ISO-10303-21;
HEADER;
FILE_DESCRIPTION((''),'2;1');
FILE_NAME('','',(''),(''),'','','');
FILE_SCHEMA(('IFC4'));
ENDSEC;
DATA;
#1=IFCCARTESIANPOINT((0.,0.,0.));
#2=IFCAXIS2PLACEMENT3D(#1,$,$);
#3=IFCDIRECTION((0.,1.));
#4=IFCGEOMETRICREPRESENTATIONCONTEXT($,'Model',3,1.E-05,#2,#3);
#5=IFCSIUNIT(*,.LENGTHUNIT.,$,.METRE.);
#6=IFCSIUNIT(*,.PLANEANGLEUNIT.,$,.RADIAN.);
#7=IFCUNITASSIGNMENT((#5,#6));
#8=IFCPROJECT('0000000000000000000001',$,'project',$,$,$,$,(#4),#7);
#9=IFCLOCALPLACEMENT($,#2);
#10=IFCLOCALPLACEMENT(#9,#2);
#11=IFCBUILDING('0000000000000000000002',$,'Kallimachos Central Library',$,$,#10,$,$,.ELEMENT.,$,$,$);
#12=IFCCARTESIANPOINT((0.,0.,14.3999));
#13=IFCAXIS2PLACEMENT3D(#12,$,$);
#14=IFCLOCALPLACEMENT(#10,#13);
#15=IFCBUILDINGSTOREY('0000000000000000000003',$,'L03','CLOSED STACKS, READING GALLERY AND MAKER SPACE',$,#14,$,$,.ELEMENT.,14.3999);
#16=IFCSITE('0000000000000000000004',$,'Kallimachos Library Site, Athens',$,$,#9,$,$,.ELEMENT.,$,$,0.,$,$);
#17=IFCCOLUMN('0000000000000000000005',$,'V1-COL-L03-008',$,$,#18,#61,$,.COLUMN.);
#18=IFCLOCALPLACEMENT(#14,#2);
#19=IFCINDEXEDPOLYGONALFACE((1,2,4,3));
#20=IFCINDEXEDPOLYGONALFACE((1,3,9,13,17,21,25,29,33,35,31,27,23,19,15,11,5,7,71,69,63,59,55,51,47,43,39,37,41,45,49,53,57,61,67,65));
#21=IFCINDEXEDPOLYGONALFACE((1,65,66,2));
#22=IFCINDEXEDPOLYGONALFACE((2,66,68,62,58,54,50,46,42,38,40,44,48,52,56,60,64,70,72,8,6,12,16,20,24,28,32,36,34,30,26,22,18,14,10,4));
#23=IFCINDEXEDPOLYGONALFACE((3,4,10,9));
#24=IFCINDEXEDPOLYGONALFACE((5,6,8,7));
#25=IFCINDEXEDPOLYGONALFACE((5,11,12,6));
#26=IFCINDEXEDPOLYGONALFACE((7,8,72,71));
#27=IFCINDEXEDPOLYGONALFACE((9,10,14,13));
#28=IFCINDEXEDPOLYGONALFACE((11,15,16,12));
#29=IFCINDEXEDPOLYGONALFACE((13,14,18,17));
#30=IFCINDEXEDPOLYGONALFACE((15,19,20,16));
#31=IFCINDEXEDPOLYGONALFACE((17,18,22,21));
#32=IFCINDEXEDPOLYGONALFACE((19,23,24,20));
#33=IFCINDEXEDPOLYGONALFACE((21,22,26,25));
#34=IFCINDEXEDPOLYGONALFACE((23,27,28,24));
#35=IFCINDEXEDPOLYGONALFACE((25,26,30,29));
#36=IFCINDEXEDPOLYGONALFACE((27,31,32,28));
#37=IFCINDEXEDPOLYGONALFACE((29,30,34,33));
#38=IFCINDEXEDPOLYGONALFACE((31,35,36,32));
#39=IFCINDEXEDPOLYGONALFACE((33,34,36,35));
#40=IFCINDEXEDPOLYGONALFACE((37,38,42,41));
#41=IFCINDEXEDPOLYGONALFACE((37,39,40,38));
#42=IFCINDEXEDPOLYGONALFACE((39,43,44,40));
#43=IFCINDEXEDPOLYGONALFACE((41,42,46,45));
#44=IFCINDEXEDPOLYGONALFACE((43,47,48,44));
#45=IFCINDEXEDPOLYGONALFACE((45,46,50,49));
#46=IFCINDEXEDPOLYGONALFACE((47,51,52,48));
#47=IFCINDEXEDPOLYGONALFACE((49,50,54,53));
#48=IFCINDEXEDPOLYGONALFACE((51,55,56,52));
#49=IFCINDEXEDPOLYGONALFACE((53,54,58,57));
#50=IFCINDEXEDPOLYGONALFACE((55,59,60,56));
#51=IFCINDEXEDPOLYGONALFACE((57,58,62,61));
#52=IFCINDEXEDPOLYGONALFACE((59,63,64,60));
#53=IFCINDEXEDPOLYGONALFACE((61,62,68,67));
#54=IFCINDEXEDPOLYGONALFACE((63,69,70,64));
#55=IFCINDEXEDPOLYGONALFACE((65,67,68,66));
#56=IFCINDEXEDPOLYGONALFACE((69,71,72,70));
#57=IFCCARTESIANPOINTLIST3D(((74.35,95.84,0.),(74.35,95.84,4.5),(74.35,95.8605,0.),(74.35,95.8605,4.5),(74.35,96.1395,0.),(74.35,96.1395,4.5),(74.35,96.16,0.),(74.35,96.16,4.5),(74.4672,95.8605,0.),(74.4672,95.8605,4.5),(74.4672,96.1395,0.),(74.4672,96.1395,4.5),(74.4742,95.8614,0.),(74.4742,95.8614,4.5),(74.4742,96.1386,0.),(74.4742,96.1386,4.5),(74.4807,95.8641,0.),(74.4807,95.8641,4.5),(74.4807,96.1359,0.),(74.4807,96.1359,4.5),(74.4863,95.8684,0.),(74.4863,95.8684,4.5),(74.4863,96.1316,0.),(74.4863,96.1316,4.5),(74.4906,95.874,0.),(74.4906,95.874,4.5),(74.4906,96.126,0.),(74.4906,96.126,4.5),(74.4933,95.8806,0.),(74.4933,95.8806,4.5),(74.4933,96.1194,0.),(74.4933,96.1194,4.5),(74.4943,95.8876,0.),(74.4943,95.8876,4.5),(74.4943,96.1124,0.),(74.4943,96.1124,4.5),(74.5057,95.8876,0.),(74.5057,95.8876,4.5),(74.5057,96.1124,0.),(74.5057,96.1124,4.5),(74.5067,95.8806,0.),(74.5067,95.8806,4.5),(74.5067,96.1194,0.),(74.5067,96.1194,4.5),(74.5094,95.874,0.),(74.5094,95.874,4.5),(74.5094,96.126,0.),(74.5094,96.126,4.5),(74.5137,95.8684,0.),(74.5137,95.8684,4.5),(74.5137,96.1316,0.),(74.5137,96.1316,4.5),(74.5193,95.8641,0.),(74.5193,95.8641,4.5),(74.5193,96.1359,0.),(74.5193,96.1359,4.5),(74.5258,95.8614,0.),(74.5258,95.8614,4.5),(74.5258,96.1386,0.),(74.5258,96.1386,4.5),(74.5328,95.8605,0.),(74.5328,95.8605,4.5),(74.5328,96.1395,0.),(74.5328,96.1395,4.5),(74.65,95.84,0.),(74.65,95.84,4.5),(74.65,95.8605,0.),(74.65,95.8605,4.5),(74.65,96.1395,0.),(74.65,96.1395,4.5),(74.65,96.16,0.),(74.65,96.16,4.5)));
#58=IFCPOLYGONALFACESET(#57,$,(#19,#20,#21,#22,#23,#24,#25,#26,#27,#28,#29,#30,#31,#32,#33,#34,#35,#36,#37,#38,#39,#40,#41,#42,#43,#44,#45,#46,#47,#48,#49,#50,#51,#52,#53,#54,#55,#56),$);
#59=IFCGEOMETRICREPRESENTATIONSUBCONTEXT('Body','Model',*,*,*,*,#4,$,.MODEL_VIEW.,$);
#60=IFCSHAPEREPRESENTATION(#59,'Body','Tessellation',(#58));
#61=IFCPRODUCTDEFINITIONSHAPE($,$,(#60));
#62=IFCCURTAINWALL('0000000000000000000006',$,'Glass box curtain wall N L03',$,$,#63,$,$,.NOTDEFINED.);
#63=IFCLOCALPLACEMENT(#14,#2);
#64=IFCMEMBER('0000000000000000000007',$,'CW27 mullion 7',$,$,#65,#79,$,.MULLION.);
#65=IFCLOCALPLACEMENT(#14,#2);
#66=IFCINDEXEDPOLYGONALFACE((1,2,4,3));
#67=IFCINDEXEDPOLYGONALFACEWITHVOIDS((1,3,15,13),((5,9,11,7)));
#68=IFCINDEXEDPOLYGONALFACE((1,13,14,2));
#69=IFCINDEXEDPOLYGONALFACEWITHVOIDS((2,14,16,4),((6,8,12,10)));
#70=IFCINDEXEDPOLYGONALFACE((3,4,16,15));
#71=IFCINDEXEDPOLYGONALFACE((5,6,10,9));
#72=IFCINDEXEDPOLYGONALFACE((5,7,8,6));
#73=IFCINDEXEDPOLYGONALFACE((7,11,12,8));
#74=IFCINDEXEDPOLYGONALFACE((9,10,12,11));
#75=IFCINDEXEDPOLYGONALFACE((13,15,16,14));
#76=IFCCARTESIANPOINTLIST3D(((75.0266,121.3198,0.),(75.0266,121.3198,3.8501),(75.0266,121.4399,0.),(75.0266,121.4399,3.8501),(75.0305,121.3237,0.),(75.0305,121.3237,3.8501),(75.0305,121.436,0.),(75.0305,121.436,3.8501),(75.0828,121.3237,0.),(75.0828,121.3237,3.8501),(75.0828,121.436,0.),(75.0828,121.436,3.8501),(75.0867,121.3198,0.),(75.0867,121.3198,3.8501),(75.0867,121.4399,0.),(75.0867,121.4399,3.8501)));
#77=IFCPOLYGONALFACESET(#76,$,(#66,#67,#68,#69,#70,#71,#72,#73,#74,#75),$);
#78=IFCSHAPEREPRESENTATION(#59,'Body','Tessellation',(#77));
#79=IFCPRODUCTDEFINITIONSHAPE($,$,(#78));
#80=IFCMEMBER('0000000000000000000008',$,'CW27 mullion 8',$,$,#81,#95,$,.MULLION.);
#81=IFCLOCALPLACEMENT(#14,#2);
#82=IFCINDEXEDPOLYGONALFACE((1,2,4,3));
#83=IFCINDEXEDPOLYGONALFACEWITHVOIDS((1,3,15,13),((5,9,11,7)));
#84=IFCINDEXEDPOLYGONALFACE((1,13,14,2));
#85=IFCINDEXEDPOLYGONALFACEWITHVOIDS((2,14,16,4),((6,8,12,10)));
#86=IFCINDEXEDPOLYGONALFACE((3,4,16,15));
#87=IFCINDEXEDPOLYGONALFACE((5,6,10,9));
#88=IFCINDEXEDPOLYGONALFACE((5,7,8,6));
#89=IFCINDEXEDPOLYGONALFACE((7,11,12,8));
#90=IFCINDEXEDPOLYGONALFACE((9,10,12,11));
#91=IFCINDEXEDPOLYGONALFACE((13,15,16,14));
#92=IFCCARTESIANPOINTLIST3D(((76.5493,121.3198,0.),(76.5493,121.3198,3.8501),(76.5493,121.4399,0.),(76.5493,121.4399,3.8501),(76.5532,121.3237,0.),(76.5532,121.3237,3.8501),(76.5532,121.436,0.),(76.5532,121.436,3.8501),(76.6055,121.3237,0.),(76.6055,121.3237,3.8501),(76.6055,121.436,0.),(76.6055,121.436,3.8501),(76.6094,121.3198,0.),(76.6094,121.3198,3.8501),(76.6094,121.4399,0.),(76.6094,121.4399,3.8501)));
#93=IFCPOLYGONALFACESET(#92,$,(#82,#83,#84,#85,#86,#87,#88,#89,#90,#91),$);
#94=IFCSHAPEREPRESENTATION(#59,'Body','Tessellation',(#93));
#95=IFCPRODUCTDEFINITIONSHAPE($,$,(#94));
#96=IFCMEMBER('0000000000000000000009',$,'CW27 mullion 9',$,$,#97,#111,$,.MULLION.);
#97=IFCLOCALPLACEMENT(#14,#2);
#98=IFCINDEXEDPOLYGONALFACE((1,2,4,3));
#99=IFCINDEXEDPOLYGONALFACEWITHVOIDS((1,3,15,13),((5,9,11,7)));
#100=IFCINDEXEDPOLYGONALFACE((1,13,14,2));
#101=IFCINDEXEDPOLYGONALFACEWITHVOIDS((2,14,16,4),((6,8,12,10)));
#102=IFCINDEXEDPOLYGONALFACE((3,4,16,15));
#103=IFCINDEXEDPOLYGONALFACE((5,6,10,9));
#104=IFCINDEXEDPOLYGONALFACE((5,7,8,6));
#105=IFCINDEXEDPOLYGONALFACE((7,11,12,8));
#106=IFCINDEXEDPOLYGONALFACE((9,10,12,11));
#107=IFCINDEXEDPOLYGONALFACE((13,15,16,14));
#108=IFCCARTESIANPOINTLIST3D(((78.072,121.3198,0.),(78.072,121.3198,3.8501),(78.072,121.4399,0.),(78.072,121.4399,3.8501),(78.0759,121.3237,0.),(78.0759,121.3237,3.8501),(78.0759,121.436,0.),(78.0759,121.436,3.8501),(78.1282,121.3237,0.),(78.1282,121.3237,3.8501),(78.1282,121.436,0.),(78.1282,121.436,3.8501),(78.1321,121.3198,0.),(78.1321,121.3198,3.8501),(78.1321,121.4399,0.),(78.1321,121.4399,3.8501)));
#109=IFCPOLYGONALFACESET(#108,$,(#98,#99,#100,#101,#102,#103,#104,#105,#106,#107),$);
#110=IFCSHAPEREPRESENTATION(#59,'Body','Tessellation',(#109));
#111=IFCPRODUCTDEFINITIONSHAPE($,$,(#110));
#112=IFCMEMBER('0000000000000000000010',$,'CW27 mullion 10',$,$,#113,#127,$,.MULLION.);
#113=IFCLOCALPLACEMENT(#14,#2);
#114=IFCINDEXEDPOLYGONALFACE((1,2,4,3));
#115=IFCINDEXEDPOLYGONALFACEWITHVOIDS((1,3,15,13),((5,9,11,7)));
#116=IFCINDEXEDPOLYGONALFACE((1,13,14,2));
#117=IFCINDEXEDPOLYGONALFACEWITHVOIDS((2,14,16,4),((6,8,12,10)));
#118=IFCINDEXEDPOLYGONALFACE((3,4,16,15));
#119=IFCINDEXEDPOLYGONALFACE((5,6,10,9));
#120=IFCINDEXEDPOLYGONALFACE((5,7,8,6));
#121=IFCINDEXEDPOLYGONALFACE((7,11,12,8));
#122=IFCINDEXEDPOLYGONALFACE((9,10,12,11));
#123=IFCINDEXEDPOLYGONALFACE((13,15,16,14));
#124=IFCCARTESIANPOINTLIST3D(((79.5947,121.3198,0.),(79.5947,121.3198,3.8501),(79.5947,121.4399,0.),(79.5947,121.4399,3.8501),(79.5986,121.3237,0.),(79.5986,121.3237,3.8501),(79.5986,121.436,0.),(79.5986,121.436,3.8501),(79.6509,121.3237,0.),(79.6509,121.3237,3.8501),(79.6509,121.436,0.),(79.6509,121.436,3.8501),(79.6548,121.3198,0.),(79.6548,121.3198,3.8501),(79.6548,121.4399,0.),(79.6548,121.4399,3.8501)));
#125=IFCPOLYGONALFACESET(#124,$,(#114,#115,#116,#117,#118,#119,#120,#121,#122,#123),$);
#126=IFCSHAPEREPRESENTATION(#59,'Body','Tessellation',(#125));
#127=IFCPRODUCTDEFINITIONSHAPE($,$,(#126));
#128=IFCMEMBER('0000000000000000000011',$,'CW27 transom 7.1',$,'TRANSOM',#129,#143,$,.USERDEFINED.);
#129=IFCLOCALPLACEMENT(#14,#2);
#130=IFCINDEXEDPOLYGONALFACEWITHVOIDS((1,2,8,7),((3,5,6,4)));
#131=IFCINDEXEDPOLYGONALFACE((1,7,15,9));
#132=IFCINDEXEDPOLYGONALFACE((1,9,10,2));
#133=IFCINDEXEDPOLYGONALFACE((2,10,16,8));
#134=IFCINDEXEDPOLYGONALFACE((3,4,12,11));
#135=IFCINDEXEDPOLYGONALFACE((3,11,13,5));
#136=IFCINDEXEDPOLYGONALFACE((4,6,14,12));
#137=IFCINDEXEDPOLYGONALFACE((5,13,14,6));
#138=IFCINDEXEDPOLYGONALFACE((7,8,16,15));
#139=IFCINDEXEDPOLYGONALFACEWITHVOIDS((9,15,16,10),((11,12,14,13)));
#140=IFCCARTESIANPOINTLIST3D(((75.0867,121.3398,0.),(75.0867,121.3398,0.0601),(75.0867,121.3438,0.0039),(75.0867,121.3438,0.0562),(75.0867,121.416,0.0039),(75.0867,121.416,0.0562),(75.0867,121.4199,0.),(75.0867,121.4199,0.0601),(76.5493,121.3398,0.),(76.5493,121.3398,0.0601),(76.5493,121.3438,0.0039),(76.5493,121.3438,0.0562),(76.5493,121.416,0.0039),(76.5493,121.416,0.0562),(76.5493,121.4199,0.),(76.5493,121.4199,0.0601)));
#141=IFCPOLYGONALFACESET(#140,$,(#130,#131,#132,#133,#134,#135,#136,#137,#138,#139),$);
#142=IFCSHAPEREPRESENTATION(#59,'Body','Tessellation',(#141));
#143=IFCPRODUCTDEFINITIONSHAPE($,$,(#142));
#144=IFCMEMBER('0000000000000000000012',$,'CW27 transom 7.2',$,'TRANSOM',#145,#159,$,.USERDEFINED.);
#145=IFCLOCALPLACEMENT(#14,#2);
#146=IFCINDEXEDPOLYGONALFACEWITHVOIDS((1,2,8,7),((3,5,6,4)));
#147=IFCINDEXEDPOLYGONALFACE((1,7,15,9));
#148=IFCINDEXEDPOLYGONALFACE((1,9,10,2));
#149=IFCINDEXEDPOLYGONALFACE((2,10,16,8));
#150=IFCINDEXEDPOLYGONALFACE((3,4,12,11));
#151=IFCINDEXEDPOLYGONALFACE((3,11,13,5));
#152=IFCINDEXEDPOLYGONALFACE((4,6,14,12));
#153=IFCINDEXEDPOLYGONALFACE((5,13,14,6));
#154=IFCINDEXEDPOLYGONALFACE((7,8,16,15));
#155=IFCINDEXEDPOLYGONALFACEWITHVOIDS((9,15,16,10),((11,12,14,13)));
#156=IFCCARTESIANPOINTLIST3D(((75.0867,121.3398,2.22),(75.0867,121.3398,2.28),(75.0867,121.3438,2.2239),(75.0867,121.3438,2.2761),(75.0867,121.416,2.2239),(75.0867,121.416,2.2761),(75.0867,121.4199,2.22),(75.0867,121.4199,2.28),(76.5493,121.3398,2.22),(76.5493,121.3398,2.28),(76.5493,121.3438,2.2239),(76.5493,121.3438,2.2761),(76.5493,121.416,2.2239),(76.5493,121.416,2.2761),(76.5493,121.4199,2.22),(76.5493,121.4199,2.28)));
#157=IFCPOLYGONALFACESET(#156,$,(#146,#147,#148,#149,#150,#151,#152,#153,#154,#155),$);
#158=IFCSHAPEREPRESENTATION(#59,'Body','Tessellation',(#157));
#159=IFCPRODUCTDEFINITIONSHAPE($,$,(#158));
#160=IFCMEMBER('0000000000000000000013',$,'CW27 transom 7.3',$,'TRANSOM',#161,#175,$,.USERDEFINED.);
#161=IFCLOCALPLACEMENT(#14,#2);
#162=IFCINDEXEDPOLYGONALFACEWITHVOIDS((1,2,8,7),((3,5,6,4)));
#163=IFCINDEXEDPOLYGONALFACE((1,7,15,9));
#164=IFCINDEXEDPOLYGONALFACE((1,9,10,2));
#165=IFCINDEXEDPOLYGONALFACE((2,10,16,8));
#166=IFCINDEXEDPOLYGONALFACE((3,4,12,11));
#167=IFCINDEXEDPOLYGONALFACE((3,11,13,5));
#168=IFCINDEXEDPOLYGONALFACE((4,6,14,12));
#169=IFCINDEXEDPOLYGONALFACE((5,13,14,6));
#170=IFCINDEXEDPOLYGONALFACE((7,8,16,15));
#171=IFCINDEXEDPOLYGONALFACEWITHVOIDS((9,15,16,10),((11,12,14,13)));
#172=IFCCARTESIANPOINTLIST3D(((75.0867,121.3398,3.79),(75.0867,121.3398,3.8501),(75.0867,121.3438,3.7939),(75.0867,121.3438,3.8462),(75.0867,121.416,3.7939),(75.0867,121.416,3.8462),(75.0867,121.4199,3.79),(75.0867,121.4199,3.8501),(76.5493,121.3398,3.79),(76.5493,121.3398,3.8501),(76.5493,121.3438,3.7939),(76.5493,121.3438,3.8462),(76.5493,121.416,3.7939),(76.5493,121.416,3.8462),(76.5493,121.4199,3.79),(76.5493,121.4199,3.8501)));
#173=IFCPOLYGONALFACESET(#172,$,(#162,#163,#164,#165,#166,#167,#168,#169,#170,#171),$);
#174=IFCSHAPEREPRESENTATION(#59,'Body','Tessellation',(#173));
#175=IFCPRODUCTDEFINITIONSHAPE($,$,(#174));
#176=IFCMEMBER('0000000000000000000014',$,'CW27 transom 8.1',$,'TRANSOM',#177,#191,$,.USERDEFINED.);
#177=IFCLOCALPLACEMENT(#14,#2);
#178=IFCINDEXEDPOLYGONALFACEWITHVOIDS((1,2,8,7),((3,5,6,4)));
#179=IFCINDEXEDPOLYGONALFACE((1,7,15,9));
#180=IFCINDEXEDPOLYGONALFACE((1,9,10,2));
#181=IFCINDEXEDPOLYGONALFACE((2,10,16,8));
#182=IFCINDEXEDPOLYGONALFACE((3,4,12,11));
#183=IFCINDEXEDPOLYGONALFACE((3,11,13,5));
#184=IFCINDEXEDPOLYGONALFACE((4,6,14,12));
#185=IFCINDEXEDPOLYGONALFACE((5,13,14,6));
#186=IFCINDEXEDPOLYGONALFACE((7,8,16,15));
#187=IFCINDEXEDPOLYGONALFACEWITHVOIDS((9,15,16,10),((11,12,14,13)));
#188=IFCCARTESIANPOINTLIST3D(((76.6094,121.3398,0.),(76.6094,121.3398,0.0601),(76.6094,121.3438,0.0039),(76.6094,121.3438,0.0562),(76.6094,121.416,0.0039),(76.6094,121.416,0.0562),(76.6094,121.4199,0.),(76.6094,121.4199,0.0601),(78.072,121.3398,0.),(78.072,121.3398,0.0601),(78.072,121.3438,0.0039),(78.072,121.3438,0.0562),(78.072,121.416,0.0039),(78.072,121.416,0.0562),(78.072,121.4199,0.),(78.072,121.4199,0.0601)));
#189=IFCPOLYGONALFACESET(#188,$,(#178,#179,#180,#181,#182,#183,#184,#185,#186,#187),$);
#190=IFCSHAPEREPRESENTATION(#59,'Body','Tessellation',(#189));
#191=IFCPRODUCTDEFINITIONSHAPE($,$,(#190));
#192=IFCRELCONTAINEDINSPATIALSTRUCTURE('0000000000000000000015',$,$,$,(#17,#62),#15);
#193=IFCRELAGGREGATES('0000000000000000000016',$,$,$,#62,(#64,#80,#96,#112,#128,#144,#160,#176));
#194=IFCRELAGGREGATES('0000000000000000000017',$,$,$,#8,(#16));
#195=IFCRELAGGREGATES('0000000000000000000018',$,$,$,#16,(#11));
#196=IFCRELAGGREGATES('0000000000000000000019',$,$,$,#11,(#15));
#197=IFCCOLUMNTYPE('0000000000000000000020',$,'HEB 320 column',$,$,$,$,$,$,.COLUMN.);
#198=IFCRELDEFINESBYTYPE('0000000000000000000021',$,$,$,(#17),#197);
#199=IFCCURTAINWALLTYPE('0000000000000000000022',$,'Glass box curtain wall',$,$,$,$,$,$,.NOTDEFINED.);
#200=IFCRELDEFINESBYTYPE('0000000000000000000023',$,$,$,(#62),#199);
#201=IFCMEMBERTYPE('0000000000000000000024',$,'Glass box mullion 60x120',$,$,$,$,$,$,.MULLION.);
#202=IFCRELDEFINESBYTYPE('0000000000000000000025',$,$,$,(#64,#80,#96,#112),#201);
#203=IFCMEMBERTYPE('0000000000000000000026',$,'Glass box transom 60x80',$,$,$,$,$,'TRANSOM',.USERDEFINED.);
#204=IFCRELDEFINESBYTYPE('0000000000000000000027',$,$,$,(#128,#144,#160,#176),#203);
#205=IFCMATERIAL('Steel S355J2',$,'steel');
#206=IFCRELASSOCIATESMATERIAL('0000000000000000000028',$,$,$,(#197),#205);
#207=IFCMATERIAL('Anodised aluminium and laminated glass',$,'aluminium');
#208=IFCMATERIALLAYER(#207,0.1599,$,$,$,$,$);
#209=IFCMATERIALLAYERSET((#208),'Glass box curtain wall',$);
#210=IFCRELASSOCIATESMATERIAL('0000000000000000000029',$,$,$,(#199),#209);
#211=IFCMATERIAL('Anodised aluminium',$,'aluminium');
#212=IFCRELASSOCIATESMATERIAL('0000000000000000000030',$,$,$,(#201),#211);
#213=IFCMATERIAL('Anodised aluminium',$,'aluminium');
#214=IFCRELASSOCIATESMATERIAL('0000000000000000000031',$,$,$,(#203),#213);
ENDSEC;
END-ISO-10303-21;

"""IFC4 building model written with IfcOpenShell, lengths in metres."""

from ifc_helpers import new_model, si_unit, direction, frame, origin, origin_2d, place, context, subcontext, project, spatial, hollow_rectangle, i_section, extrude, material, layer, layer_set, material_profile, profile_set, type_object, element, aggregate, save


model = new_model("IFC4")

# Units and contexts
model_context = context("Model", 3, precision=1e-05, world=origin(), true_north=direction((0.0, 1.0)))
body_context = subcontext(model_context, "Body", "Model", "MODEL_VIEW")
ifc_project = project(units=[si_unit("LENGTHUNIT", "METRE"), si_unit("PLANEANGLEUNIT", "RADIAN")], contexts=[model_context])

# Site, building, storey
site_placement = place(None, origin())
site = spatial("IfcSite", under=ifc_project, at=site_placement, Name="Kallimachos Library Site, Athens", CompositionType="ELEMENT", RefElevation=0.0)
building_placement = place(site_placement, origin())
building = spatial("IfcBuilding", under=site, at=building_placement, Name="Kallimachos Central Library", CompositionType="ELEMENT")
storey_placement = place(building_placement, frame((0.0, 0.0, 14.3999)))
storey = spatial("IfcBuildingStorey", under=building, at=storey_placement, Name="L03", Description="CLOSED STACKS, READING GALLERY AND MAKER SPACE", CompositionType="ELEMENT", Elevation=14.3999)

# Column
ifc_material_1 = material(Name="Steel S355J2", Category="steel")
ifc_material_profile_1 = material_profile(ifc_material_1, i_section(OverallWidth=0.3, OverallDepth=0.3201, WebThickness=0.0115, FlangeThickness=0.0205, FilletRadius=0.0271, at=origin_2d()), Name="HEB 320")
ifc_profile_set_1 = profile_set([ifc_material_profile_1], Name="Steel S355J2")
column_type_1 = type_object("IfcColumnType", Name="HEB 320 column", PredefinedType="COLUMN", material=ifc_profile_set_1)
column_placement = place(storey_placement, frame((74.5, 96.0, 0.0), z_axis=(0.0, 0.0, 1.0), x_axis=(1.0, 0.0, 0.0)))
element("IfcColumn", 1, at=column_placement, inside=storey, type_object=column_type_1, Name="V1-COL-L03-008", PredefinedType="COLUMN", context=body_context, shape_type="SweptSolid", body=[
    extrude(i_section(OverallWidth=0.3, OverallDepth=0.3201, WebThickness=0.0115, FlangeThickness=0.0205, FilletRadius=0.0271, at=origin_2d()), origin(), (0.0, 0.0, 1.0), 4.5),
])

# Curtain wall, members
ifc_material_2 = material(Name="Anodised aluminium and laminated glass", Category="aluminium")
ifc_layer_1 = layer(ifc_material_2, 0.1599)
ifc_layer_set_1 = layer_set([ifc_layer_1], Name="Glass box curtain wall")
curtain_wall_type = type_object("IfcCurtainWallType", Name="Glass box curtain wall", PredefinedType="NOTDEFINED", material=ifc_layer_set_1)
curtain_wall_placement = place(storey_placement, origin())
curtain_wall = element("IfcCurtainWall", 2, at=curtain_wall_placement, inside=storey, type_object=curtain_wall_type, Name="Glass box curtain wall N L03", PredefinedType="NOTDEFINED")
ifc_material_3 = material(Name="Anodised aluminium", Category="aluminium")
ifc_material_profile_2 = material_profile(ifc_material_3, hollow_rectangle(XDim=0.0601, YDim=0.1201, WallThickness=0.0039, at=origin_2d()), Name="ALU MULLION 60x120")
ifc_profile_set_2 = profile_set([ifc_material_profile_2], Name="Anodised aluminium")
member_type_1 = type_object("IfcMemberType", Name="Glass box mullion 60x120", PredefinedType="MULLION", material=ifc_profile_set_2)
member_1_placement = place(storey_placement, frame((75.0566, 121.3799, 0.0), z_axis=(0.0, 0.0, 1.0), x_axis=(1.0, 0.0, 0.0)))
member_1 = element("IfcMember", 3, at=member_1_placement, type_object=member_type_1, Name="CW27 mullion 7", PredefinedType="MULLION", context=body_context, shape_type="SweptSolid", body=[
    extrude(hollow_rectangle(XDim=0.0601, YDim=0.1201, WallThickness=0.0039, at=origin_2d()), origin(), (0.0, 0.0, 1.0), 3.8501),
])
member_2_placement = place(storey_placement, frame((76.5793, 121.3799, 0.0), z_axis=(0.0, 0.0, 1.0), x_axis=(1.0, 0.0, 0.0)))
member_2 = element("IfcMember", 4, at=member_2_placement, type_object=member_type_1, Name="CW27 mullion 8", PredefinedType="MULLION", context=body_context, shape_type="SweptSolid", body=[
    extrude(hollow_rectangle(XDim=0.0601, YDim=0.1201, WallThickness=0.0039, at=origin_2d()), origin(), (0.0, 0.0, 1.0), 3.8501),
])
member_3_placement = place(storey_placement, frame((78.1021, 121.3799, 0.0), z_axis=(0.0, 0.0, 1.0), x_axis=(1.0, 0.0, 0.0)))
member_3 = element("IfcMember", 5, at=member_3_placement, type_object=member_type_1, Name="CW27 mullion 9", PredefinedType="MULLION", context=body_context, shape_type="SweptSolid", body=[
    extrude(hollow_rectangle(XDim=0.0601, YDim=0.1201, WallThickness=0.0039, at=origin_2d()), origin(), (0.0, 0.0, 1.0), 3.8501),
])
member_4_placement = place(storey_placement, frame((79.6248, 121.3799, 0.0), z_axis=(0.0, 0.0, 1.0), x_axis=(1.0, 0.0, 0.0)))
member_4 = element("IfcMember", 6, at=member_4_placement, type_object=member_type_1, Name="CW27 mullion 10", PredefinedType="MULLION", context=body_context, shape_type="SweptSolid", body=[
    extrude(hollow_rectangle(XDim=0.0601, YDim=0.1201, WallThickness=0.0039, at=origin_2d()), origin(), (0.0, 0.0, 1.0), 3.8501),
])
ifc_material_4 = material(Name="Anodised aluminium", Category="aluminium")
ifc_material_profile_3 = material_profile(ifc_material_4, hollow_rectangle(XDim=0.0601, YDim=0.0801, WallThickness=0.0039, at=origin_2d()), Name="ALU TRANSOM 60x80")
ifc_profile_set_3 = profile_set([ifc_material_profile_3], Name="Anodised aluminium")
member_type_2 = type_object("IfcMemberType", Name="Glass box transom 60x80", ElementType="TRANSOM", PredefinedType="USERDEFINED", material=ifc_profile_set_3)
member_5_placement = place(storey_placement, frame((75.0867, 121.3799, 0.03), z_axis=(1.0, 0.0, 0.0), x_axis=(0.0, 0.0, 1.0)))
member_5 = element("IfcMember", 7, at=member_5_placement, type_object=member_type_2, Name="CW27 transom 7.1", ObjectType="TRANSOM", PredefinedType="USERDEFINED", context=body_context, shape_type="SweptSolid", body=[
    extrude(hollow_rectangle(XDim=0.0601, YDim=0.0801, WallThickness=0.0039, at=origin_2d()), origin(), (0.0, 0.0, 1.0), 1.4626),
])
member_6_placement = place(storey_placement, frame((75.0867, 121.3799, 2.25), z_axis=(1.0, 0.0, 0.0), x_axis=(0.0, 0.0, 1.0)))
member_6 = element("IfcMember", 8, at=member_6_placement, type_object=member_type_2, Name="CW27 transom 7.2", ObjectType="TRANSOM", PredefinedType="USERDEFINED", context=body_context, shape_type="SweptSolid", body=[
    extrude(hollow_rectangle(XDim=0.0601, YDim=0.0801, WallThickness=0.0039, at=origin_2d()), origin(), (0.0, 0.0, 1.0), 1.4626),
])
member_7_placement = place(storey_placement, frame((75.0867, 121.3799, 3.8201), z_axis=(1.0, 0.0, 0.0), x_axis=(0.0, 0.0, 1.0)))
member_7 = element("IfcMember", 9, at=member_7_placement, type_object=member_type_2, Name="CW27 transom 7.3", ObjectType="TRANSOM", PredefinedType="USERDEFINED", context=body_context, shape_type="SweptSolid", body=[
    extrude(hollow_rectangle(XDim=0.0601, YDim=0.0801, WallThickness=0.0039, at=origin_2d()), origin(), (0.0, 0.0, 1.0), 1.4626),
])
member_8_placement = place(storey_placement, frame((76.6094, 121.3799, 0.03), z_axis=(1.0, 0.0, 0.0), x_axis=(0.0, 0.0, 1.0)))
member_8 = element("IfcMember", 10, at=member_8_placement, type_object=member_type_2, Name="CW27 transom 8.1", ObjectType="TRANSOM", PredefinedType="USERDEFINED", context=body_context, shape_type="SweptSolid", body=[
    extrude(hollow_rectangle(XDim=0.0601, YDim=0.0801, WallThickness=0.0039, at=origin_2d()), origin(), (0.0, 0.0, 1.0), 1.4626),
])

aggregate(curtain_wall, [member_1, member_2, member_3, member_4, member_5, member_6, member_7, member_8])

save(model, "model.ifc")
